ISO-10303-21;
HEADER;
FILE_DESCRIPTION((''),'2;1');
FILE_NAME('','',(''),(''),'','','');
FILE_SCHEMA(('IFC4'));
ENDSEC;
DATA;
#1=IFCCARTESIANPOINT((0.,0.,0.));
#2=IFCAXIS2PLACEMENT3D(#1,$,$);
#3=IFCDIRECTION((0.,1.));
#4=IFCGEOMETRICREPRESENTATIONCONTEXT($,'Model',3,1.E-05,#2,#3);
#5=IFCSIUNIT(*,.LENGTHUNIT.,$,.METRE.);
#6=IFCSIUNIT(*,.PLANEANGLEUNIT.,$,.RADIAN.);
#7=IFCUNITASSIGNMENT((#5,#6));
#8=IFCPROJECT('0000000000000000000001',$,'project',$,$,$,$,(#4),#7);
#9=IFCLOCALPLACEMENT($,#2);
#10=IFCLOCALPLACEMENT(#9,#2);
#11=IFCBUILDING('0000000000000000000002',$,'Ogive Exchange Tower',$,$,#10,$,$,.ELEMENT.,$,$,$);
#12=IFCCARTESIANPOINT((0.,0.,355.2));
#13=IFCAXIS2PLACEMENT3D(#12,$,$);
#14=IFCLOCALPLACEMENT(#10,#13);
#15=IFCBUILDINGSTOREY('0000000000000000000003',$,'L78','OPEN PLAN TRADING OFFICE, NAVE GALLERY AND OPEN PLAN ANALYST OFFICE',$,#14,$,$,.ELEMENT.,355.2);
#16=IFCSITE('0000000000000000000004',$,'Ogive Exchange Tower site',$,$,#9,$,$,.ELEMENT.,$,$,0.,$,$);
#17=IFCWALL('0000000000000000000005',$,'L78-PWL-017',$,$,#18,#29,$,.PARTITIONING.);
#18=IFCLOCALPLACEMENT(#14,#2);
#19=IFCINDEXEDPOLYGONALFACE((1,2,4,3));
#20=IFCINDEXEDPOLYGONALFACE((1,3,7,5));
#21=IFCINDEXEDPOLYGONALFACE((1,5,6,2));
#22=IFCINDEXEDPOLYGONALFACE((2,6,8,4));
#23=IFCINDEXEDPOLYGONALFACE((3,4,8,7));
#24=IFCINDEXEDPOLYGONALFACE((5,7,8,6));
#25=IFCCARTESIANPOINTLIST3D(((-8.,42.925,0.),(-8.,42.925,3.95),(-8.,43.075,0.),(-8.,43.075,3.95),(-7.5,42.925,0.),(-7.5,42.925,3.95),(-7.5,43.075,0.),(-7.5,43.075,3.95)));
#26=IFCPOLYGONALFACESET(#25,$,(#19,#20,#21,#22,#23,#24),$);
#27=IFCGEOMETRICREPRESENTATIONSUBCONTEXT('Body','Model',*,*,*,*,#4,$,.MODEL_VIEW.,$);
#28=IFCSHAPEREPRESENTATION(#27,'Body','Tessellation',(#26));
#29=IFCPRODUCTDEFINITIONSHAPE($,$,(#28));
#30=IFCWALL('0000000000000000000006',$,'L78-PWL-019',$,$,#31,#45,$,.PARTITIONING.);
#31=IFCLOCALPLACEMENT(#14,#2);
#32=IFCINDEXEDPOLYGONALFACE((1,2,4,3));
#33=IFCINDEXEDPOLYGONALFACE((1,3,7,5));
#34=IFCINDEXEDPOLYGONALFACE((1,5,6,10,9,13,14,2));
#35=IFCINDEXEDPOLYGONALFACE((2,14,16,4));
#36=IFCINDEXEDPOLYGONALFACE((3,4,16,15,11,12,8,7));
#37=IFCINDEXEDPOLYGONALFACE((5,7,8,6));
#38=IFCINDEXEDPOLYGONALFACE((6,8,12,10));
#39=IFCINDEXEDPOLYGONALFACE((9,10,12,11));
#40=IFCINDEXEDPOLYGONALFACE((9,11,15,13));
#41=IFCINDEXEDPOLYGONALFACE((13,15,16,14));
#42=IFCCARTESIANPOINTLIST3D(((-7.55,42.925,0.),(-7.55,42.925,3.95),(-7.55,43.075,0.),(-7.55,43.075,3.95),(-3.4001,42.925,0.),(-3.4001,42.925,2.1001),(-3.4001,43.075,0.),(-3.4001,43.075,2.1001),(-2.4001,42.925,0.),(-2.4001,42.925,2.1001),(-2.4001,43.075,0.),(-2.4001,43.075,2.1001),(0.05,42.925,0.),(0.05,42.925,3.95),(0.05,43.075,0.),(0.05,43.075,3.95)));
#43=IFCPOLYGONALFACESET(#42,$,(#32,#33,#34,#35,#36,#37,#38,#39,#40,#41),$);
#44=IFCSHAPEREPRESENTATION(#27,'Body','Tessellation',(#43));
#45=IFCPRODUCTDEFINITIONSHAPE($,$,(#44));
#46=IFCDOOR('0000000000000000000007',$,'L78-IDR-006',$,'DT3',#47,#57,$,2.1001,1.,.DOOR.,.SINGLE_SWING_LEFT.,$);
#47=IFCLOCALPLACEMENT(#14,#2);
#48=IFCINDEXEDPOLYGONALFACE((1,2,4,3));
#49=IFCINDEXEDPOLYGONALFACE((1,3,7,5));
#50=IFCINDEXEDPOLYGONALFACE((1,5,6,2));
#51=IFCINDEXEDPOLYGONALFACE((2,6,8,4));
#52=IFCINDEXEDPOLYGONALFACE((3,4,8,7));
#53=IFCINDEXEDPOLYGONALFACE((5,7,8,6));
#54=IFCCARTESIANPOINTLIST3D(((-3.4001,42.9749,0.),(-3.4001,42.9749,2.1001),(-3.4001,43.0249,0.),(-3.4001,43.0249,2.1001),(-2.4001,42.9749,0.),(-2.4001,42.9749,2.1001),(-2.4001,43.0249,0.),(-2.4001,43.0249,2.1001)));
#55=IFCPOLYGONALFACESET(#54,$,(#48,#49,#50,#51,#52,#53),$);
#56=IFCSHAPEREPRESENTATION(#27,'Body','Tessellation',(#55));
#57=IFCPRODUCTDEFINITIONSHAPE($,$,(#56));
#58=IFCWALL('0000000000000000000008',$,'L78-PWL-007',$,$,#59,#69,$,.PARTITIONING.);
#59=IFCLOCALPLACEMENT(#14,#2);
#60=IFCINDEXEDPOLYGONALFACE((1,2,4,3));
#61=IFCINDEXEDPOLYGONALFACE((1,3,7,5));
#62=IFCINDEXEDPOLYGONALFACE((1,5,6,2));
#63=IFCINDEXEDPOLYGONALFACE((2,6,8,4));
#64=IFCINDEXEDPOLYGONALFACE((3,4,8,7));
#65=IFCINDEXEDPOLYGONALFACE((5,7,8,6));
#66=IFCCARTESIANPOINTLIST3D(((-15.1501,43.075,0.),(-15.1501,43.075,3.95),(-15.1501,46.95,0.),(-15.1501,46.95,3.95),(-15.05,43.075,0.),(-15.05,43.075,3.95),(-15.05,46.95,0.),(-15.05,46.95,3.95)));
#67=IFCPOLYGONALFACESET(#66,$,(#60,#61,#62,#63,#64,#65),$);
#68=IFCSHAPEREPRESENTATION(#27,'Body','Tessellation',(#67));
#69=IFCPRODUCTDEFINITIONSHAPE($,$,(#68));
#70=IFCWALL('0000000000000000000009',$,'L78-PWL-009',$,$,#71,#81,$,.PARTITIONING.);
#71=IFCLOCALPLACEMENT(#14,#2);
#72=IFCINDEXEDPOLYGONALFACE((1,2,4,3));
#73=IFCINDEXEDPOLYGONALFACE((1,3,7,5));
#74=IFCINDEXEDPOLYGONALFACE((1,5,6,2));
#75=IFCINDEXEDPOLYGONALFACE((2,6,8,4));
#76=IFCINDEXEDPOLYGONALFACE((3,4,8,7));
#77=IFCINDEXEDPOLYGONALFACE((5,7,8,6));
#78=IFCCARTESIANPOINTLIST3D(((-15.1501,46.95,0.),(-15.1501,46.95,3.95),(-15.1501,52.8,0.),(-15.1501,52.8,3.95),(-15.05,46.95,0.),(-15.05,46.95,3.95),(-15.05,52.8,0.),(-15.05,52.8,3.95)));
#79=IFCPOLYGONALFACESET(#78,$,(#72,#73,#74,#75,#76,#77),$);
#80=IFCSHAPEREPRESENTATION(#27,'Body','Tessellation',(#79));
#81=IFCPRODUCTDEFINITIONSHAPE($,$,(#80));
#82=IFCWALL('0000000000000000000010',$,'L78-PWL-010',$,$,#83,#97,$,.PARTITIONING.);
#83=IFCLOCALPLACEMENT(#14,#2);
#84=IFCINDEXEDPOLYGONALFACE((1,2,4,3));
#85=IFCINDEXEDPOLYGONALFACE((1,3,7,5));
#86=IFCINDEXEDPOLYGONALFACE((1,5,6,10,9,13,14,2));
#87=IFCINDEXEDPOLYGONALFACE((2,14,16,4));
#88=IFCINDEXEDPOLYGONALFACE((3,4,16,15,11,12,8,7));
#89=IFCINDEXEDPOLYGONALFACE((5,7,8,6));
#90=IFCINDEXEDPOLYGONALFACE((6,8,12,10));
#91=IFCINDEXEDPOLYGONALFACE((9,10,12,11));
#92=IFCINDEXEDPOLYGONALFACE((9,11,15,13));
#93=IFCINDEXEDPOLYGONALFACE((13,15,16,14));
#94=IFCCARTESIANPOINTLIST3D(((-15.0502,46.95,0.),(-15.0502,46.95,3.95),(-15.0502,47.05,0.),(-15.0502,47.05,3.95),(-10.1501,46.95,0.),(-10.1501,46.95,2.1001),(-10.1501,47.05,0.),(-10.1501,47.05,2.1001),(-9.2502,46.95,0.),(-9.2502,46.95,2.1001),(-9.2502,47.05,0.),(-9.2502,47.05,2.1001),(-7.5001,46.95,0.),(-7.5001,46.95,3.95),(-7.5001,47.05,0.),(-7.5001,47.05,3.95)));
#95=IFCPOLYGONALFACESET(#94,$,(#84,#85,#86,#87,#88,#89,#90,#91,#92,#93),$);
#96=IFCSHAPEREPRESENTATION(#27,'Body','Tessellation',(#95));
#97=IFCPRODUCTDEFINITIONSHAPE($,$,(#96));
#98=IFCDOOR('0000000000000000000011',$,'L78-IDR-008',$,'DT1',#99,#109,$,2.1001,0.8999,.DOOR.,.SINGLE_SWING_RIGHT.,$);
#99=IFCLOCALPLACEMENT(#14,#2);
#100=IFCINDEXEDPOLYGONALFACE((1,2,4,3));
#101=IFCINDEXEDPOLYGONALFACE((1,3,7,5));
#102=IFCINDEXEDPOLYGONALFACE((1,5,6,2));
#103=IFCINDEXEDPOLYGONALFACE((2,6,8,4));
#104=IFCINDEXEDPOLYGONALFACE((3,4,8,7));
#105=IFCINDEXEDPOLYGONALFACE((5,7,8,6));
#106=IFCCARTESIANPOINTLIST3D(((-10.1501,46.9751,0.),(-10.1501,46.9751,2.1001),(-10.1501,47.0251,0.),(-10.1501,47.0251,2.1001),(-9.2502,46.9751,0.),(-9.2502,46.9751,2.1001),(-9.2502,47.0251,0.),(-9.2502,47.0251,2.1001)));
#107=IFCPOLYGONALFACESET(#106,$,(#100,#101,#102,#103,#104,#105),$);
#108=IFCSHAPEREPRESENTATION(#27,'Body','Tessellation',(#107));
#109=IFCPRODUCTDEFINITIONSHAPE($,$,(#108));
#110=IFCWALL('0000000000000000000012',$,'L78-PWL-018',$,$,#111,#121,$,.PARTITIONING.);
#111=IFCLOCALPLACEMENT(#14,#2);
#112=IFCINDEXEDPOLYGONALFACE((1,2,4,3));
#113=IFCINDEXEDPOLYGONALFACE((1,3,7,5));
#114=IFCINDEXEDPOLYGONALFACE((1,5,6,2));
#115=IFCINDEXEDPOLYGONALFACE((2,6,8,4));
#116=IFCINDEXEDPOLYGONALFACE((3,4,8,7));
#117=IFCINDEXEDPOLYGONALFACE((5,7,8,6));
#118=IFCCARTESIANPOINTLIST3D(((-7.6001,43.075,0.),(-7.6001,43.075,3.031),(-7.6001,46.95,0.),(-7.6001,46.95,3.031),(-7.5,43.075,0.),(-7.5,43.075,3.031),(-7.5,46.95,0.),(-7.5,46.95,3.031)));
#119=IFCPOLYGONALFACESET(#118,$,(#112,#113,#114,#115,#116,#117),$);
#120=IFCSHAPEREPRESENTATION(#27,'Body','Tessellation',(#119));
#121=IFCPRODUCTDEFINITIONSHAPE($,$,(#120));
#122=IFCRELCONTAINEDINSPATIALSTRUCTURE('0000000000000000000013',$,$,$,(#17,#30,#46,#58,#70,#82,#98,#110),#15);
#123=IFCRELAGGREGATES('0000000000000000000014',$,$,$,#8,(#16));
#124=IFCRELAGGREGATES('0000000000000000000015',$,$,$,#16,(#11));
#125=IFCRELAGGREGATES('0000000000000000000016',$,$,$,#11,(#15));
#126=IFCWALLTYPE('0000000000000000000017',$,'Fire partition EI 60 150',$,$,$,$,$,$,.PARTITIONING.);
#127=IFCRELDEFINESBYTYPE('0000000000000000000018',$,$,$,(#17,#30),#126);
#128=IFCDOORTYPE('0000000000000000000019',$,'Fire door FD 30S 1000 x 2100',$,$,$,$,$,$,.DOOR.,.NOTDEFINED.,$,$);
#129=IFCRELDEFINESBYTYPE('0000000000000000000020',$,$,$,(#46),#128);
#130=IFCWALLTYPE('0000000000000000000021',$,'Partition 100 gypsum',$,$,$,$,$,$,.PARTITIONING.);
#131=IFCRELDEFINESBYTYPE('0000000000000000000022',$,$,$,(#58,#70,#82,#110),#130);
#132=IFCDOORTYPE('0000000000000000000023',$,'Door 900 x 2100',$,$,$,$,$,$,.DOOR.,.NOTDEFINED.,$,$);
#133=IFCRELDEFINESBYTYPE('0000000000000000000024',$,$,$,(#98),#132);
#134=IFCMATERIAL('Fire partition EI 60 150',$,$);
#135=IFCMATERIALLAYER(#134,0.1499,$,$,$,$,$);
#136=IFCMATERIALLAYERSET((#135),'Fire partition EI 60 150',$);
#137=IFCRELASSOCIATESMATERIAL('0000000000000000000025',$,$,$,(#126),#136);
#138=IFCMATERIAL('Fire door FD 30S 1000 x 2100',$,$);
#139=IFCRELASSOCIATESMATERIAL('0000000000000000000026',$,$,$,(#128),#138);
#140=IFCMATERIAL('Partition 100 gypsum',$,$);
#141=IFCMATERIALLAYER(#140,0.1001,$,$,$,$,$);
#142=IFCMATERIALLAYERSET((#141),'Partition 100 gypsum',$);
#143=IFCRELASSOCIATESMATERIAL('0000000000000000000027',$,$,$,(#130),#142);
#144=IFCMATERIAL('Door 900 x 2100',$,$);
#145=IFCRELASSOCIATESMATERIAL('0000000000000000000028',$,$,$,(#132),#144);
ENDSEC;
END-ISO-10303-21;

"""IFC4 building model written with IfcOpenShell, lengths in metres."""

from ifc_helpers import new_model, si_unit, direction, frame, frame_2d, origin, place, context, subcontext, project, spatial, rectangle, extrude, material, layer, layer_set, type_object, element, fill, save


model = new_model("IFC4")

# Units and contexts
model_context = context("Model", 3, precision=1e-05, world=origin(), true_north=direction((0.0, 1.0)))
body_context = subcontext(model_context, "Body", "Model", "MODEL_VIEW")
ifc_project = project(units=[si_unit("LENGTHUNIT", "METRE"), si_unit("PLANEANGLEUNIT", "RADIAN")], contexts=[model_context])

# Site, building, storey
site_placement = place(None, origin())
site = spatial("IfcSite", under=ifc_project, at=site_placement, Name="Ogive Exchange Tower site", CompositionType="ELEMENT", RefElevation=0.0)
building_placement = place(site_placement, origin())
building = spatial("IfcBuilding", under=site, at=building_placement, Name="Ogive Exchange Tower", CompositionType="ELEMENT")
storey_placement = place(building_placement, frame((0.0, 0.0, 355.2)))
storey = spatial("IfcBuildingStorey", under=building, at=storey_placement, Name="L78", Description="OPEN PLAN TRADING OFFICE, NAVE GALLERY AND OPEN PLAN ANALYST OFFICE", CompositionType="ELEMENT", Elevation=355.2)

# Shared definitions
ifc_material_1 = material(Name="Fire partition EI 60 150")
ifc_layer_1 = layer(ifc_material_1, 0.1499)
ifc_layer_set_1 = layer_set([ifc_layer_1], Name="Fire partition EI 60 150")
wall_type_1 = type_object("IfcWallType", Name="Fire partition EI 60 150", PredefinedType="PARTITIONING", material=ifc_layer_set_1)
ifc_material_2 = material(Name="Fire door FD 30S 1000 x 2100")
door_type_1 = type_object("IfcDoorType", Name="Fire door FD 30S 1000 x 2100", OperationType="NOTDEFINED", PredefinedType="DOOR", material=ifc_material_2)

# Wall
wall_1_placement = place(storey_placement, frame((-8.0, 43.0, 0.0), z_axis=(0.0, 0.0, 1.0), x_axis=(1.0, 0.0, 0.0)))
element("IfcWall", 1, at=wall_1_placement, inside=storey, type_object=wall_type_1, Name="L78-PWL-017", PredefinedType="PARTITIONING", context=body_context, shape_type="SweptSolid", body=[
    extrude(rectangle(XDim=0.5, YDim=0.1499, at=frame_2d((0.25, 0.0))), origin(), (0.0, 0.0, 1.0), 3.95),
])

# Wall, opening, door
wall_2_placement = place(storey_placement, frame((-7.55, 43.0, 0.0), z_axis=(0.0, 0.0, 1.0), x_axis=(1.0, 0.0, 0.0)))
wall_2 = element("IfcWall", 2, at=wall_2_placement, inside=storey, type_object=wall_type_1, Name="L78-PWL-019", PredefinedType="PARTITIONING", context=body_context, shape_type="SweptSolid", body=[
    extrude(rectangle(XDim=7.6001, YDim=0.1499, at=frame_2d((3.8, 0.0))), origin(), (0.0, 0.0, 1.0), 3.95),
])
opening_1_placement = place(wall_2_placement, frame((4.1499, 0.0, 0.0)))
opening_1 = element("IfcOpeningElement", 3, at=opening_1_placement, cuts=wall_2, PredefinedType="OPENING", context=body_context, shape_type="SweptSolid", body=[
    extrude(rectangle(XDim=1.0, YDim=2.1001, at=frame_2d((0.5, 1.05))), frame((0.0, 0.085, 0.0), z_axis=(0.0, -1.0, 0.0), x_axis=(1.0, 0.0, 0.0)), (0.0, 0.0, 1.0), 0.1699),
])
door_1_placement = place(opening_1_placement, origin())
door_1 = element("IfcDoor", 4, at=door_1_placement, inside=storey, type_object=door_type_1, Name="L78-IDR-006", ObjectType="DT3", OperationType="SINGLE_SWING_LEFT", OverallHeight=2.1001, OverallWidth=1.0, PredefinedType="DOOR", context=body_context, shape_type="SweptSolid", body=[
    extrude(rectangle(XDim=1.0, YDim=2.1001, at=frame_2d((0.5, 1.05))), frame((0.0, 0.0249, 0.0), z_axis=(0.0, -1.0, 0.0), x_axis=(1.0, 0.0, 0.0)), (0.0, 0.0, 1.0), 0.05),
])
fill(opening_1, door_1)

# Walls
ifc_material_3 = material(Name="Partition 100 gypsum")
ifc_layer_2 = layer(ifc_material_3, 0.1001)
ifc_layer_set_2 = layer_set([ifc_layer_2], Name="Partition 100 gypsum")
wall_type_2 = type_object("IfcWallType", Name="Partition 100 gypsum", PredefinedType="PARTITIONING", material=ifc_layer_set_2)
wall_3_placement = place(storey_placement, frame((-15.1001, 43.075, 0.0), z_axis=(0.0, 0.0, 1.0), x_axis=(0.0, 1.0, 0.0)))
element("IfcWall", 5, at=wall_3_placement, inside=storey, type_object=wall_type_2, Name="L78-PWL-007", PredefinedType="PARTITIONING", context=body_context, shape_type="SweptSolid", body=[
    extrude(rectangle(XDim=3.875, YDim=0.1001, at=frame_2d((1.9375, 0.0))), origin(), (0.0, 0.0, 1.0), 3.95),
])
wall_4_placement = place(storey_placement, frame((-15.1001, 46.95, 0.0), z_axis=(0.0, 0.0, 1.0), x_axis=(0.0, 1.0, 0.0)))
element("IfcWall", 6, at=wall_4_placement, inside=storey, type_object=wall_type_2, Name="L78-PWL-009", PredefinedType="PARTITIONING", context=body_context, shape_type="SweptSolid", body=[
    extrude(rectangle(XDim=5.8501, YDim=0.1001, at=frame_2d((2.925, 0.0))), origin(), (0.0, 0.0, 1.0), 3.95),
])

# Wall, opening, door
wall_5_placement = place(storey_placement, frame((-15.05, 47.0, 0.0), z_axis=(0.0, 0.0, 1.0), x_axis=(1.0, 0.0, 0.0)))
wall_5 = element("IfcWall", 7, at=wall_5_placement, inside=storey, type_object=wall_type_2, Name="L78-PWL-010", PredefinedType="PARTITIONING", context=body_context, shape_type="SweptSolid", body=[
    extrude(rectangle(XDim=7.55, YDim=0.1001, at=frame_2d((3.7749, 0.0))), origin(), (0.0, 0.0, 1.0), 3.95),
])
opening_2_placement = place(wall_5_placement, frame((4.8999, 0.0, 0.0)))
opening_2 = element("IfcOpeningElement", 8, at=opening_2_placement, cuts=wall_5, PredefinedType="OPENING", context=body_context, shape_type="SweptSolid", body=[
    extrude(rectangle(XDim=0.8999, YDim=2.1001, at=frame_2d((0.45, 1.05))), frame((0.0, 0.0601, 0.0), z_axis=(0.0, -1.0, 0.0), x_axis=(1.0, 0.0, 0.0)), (0.0, 0.0, 1.0), 0.1201),
])
ifc_material_4 = material(Name="Door 900 x 2100")
door_type_2 = type_object("IfcDoorType", Name="Door 900 x 2100", OperationType="NOTDEFINED", PredefinedType="DOOR", material=ifc_material_4)
door_2_placement = place(opening_2_placement, frame((0.8999, 0.0, 0.0), z_axis=(0.0, 0.0, 1.0), x_axis=(-1.0, 0.0, 0.0)))
door_2 = element("IfcDoor", 9, at=door_2_placement, inside=storey, type_object=door_type_2, Name="L78-IDR-008", ObjectType="DT1", OperationType="SINGLE_SWING_RIGHT", OverallHeight=2.1001, OverallWidth=0.8999, PredefinedType="DOOR", context=body_context, shape_type="SweptSolid", body=[
    extrude(rectangle(XDim=0.8999, YDim=2.1001, at=frame_2d((0.45, 1.05))), frame((0.0, 0.0249, 0.0), z_axis=(0.0, -1.0, 0.0), x_axis=(1.0, 0.0, 0.0)), (0.0, 0.0, 1.0), 0.05),
])
fill(opening_2, door_2)

# Wall
wall_6_placement = place(storey_placement, frame((-7.55, 43.075, 0.0), z_axis=(0.0, 0.0, 1.0), x_axis=(0.0, 1.0, 0.0)))
element("IfcWall", 10, at=wall_6_placement, inside=storey, type_object=wall_type_2, Name="L78-PWL-018", PredefinedType="PARTITIONING", context=body_context, shape_type="SweptSolid", body=[
    extrude(rectangle(XDim=3.875, YDim=0.1001, at=frame_2d((1.9375, 0.0))), origin(), (0.0, 0.0, 1.0), 3.031),
])

save(model, "model.ifc")
